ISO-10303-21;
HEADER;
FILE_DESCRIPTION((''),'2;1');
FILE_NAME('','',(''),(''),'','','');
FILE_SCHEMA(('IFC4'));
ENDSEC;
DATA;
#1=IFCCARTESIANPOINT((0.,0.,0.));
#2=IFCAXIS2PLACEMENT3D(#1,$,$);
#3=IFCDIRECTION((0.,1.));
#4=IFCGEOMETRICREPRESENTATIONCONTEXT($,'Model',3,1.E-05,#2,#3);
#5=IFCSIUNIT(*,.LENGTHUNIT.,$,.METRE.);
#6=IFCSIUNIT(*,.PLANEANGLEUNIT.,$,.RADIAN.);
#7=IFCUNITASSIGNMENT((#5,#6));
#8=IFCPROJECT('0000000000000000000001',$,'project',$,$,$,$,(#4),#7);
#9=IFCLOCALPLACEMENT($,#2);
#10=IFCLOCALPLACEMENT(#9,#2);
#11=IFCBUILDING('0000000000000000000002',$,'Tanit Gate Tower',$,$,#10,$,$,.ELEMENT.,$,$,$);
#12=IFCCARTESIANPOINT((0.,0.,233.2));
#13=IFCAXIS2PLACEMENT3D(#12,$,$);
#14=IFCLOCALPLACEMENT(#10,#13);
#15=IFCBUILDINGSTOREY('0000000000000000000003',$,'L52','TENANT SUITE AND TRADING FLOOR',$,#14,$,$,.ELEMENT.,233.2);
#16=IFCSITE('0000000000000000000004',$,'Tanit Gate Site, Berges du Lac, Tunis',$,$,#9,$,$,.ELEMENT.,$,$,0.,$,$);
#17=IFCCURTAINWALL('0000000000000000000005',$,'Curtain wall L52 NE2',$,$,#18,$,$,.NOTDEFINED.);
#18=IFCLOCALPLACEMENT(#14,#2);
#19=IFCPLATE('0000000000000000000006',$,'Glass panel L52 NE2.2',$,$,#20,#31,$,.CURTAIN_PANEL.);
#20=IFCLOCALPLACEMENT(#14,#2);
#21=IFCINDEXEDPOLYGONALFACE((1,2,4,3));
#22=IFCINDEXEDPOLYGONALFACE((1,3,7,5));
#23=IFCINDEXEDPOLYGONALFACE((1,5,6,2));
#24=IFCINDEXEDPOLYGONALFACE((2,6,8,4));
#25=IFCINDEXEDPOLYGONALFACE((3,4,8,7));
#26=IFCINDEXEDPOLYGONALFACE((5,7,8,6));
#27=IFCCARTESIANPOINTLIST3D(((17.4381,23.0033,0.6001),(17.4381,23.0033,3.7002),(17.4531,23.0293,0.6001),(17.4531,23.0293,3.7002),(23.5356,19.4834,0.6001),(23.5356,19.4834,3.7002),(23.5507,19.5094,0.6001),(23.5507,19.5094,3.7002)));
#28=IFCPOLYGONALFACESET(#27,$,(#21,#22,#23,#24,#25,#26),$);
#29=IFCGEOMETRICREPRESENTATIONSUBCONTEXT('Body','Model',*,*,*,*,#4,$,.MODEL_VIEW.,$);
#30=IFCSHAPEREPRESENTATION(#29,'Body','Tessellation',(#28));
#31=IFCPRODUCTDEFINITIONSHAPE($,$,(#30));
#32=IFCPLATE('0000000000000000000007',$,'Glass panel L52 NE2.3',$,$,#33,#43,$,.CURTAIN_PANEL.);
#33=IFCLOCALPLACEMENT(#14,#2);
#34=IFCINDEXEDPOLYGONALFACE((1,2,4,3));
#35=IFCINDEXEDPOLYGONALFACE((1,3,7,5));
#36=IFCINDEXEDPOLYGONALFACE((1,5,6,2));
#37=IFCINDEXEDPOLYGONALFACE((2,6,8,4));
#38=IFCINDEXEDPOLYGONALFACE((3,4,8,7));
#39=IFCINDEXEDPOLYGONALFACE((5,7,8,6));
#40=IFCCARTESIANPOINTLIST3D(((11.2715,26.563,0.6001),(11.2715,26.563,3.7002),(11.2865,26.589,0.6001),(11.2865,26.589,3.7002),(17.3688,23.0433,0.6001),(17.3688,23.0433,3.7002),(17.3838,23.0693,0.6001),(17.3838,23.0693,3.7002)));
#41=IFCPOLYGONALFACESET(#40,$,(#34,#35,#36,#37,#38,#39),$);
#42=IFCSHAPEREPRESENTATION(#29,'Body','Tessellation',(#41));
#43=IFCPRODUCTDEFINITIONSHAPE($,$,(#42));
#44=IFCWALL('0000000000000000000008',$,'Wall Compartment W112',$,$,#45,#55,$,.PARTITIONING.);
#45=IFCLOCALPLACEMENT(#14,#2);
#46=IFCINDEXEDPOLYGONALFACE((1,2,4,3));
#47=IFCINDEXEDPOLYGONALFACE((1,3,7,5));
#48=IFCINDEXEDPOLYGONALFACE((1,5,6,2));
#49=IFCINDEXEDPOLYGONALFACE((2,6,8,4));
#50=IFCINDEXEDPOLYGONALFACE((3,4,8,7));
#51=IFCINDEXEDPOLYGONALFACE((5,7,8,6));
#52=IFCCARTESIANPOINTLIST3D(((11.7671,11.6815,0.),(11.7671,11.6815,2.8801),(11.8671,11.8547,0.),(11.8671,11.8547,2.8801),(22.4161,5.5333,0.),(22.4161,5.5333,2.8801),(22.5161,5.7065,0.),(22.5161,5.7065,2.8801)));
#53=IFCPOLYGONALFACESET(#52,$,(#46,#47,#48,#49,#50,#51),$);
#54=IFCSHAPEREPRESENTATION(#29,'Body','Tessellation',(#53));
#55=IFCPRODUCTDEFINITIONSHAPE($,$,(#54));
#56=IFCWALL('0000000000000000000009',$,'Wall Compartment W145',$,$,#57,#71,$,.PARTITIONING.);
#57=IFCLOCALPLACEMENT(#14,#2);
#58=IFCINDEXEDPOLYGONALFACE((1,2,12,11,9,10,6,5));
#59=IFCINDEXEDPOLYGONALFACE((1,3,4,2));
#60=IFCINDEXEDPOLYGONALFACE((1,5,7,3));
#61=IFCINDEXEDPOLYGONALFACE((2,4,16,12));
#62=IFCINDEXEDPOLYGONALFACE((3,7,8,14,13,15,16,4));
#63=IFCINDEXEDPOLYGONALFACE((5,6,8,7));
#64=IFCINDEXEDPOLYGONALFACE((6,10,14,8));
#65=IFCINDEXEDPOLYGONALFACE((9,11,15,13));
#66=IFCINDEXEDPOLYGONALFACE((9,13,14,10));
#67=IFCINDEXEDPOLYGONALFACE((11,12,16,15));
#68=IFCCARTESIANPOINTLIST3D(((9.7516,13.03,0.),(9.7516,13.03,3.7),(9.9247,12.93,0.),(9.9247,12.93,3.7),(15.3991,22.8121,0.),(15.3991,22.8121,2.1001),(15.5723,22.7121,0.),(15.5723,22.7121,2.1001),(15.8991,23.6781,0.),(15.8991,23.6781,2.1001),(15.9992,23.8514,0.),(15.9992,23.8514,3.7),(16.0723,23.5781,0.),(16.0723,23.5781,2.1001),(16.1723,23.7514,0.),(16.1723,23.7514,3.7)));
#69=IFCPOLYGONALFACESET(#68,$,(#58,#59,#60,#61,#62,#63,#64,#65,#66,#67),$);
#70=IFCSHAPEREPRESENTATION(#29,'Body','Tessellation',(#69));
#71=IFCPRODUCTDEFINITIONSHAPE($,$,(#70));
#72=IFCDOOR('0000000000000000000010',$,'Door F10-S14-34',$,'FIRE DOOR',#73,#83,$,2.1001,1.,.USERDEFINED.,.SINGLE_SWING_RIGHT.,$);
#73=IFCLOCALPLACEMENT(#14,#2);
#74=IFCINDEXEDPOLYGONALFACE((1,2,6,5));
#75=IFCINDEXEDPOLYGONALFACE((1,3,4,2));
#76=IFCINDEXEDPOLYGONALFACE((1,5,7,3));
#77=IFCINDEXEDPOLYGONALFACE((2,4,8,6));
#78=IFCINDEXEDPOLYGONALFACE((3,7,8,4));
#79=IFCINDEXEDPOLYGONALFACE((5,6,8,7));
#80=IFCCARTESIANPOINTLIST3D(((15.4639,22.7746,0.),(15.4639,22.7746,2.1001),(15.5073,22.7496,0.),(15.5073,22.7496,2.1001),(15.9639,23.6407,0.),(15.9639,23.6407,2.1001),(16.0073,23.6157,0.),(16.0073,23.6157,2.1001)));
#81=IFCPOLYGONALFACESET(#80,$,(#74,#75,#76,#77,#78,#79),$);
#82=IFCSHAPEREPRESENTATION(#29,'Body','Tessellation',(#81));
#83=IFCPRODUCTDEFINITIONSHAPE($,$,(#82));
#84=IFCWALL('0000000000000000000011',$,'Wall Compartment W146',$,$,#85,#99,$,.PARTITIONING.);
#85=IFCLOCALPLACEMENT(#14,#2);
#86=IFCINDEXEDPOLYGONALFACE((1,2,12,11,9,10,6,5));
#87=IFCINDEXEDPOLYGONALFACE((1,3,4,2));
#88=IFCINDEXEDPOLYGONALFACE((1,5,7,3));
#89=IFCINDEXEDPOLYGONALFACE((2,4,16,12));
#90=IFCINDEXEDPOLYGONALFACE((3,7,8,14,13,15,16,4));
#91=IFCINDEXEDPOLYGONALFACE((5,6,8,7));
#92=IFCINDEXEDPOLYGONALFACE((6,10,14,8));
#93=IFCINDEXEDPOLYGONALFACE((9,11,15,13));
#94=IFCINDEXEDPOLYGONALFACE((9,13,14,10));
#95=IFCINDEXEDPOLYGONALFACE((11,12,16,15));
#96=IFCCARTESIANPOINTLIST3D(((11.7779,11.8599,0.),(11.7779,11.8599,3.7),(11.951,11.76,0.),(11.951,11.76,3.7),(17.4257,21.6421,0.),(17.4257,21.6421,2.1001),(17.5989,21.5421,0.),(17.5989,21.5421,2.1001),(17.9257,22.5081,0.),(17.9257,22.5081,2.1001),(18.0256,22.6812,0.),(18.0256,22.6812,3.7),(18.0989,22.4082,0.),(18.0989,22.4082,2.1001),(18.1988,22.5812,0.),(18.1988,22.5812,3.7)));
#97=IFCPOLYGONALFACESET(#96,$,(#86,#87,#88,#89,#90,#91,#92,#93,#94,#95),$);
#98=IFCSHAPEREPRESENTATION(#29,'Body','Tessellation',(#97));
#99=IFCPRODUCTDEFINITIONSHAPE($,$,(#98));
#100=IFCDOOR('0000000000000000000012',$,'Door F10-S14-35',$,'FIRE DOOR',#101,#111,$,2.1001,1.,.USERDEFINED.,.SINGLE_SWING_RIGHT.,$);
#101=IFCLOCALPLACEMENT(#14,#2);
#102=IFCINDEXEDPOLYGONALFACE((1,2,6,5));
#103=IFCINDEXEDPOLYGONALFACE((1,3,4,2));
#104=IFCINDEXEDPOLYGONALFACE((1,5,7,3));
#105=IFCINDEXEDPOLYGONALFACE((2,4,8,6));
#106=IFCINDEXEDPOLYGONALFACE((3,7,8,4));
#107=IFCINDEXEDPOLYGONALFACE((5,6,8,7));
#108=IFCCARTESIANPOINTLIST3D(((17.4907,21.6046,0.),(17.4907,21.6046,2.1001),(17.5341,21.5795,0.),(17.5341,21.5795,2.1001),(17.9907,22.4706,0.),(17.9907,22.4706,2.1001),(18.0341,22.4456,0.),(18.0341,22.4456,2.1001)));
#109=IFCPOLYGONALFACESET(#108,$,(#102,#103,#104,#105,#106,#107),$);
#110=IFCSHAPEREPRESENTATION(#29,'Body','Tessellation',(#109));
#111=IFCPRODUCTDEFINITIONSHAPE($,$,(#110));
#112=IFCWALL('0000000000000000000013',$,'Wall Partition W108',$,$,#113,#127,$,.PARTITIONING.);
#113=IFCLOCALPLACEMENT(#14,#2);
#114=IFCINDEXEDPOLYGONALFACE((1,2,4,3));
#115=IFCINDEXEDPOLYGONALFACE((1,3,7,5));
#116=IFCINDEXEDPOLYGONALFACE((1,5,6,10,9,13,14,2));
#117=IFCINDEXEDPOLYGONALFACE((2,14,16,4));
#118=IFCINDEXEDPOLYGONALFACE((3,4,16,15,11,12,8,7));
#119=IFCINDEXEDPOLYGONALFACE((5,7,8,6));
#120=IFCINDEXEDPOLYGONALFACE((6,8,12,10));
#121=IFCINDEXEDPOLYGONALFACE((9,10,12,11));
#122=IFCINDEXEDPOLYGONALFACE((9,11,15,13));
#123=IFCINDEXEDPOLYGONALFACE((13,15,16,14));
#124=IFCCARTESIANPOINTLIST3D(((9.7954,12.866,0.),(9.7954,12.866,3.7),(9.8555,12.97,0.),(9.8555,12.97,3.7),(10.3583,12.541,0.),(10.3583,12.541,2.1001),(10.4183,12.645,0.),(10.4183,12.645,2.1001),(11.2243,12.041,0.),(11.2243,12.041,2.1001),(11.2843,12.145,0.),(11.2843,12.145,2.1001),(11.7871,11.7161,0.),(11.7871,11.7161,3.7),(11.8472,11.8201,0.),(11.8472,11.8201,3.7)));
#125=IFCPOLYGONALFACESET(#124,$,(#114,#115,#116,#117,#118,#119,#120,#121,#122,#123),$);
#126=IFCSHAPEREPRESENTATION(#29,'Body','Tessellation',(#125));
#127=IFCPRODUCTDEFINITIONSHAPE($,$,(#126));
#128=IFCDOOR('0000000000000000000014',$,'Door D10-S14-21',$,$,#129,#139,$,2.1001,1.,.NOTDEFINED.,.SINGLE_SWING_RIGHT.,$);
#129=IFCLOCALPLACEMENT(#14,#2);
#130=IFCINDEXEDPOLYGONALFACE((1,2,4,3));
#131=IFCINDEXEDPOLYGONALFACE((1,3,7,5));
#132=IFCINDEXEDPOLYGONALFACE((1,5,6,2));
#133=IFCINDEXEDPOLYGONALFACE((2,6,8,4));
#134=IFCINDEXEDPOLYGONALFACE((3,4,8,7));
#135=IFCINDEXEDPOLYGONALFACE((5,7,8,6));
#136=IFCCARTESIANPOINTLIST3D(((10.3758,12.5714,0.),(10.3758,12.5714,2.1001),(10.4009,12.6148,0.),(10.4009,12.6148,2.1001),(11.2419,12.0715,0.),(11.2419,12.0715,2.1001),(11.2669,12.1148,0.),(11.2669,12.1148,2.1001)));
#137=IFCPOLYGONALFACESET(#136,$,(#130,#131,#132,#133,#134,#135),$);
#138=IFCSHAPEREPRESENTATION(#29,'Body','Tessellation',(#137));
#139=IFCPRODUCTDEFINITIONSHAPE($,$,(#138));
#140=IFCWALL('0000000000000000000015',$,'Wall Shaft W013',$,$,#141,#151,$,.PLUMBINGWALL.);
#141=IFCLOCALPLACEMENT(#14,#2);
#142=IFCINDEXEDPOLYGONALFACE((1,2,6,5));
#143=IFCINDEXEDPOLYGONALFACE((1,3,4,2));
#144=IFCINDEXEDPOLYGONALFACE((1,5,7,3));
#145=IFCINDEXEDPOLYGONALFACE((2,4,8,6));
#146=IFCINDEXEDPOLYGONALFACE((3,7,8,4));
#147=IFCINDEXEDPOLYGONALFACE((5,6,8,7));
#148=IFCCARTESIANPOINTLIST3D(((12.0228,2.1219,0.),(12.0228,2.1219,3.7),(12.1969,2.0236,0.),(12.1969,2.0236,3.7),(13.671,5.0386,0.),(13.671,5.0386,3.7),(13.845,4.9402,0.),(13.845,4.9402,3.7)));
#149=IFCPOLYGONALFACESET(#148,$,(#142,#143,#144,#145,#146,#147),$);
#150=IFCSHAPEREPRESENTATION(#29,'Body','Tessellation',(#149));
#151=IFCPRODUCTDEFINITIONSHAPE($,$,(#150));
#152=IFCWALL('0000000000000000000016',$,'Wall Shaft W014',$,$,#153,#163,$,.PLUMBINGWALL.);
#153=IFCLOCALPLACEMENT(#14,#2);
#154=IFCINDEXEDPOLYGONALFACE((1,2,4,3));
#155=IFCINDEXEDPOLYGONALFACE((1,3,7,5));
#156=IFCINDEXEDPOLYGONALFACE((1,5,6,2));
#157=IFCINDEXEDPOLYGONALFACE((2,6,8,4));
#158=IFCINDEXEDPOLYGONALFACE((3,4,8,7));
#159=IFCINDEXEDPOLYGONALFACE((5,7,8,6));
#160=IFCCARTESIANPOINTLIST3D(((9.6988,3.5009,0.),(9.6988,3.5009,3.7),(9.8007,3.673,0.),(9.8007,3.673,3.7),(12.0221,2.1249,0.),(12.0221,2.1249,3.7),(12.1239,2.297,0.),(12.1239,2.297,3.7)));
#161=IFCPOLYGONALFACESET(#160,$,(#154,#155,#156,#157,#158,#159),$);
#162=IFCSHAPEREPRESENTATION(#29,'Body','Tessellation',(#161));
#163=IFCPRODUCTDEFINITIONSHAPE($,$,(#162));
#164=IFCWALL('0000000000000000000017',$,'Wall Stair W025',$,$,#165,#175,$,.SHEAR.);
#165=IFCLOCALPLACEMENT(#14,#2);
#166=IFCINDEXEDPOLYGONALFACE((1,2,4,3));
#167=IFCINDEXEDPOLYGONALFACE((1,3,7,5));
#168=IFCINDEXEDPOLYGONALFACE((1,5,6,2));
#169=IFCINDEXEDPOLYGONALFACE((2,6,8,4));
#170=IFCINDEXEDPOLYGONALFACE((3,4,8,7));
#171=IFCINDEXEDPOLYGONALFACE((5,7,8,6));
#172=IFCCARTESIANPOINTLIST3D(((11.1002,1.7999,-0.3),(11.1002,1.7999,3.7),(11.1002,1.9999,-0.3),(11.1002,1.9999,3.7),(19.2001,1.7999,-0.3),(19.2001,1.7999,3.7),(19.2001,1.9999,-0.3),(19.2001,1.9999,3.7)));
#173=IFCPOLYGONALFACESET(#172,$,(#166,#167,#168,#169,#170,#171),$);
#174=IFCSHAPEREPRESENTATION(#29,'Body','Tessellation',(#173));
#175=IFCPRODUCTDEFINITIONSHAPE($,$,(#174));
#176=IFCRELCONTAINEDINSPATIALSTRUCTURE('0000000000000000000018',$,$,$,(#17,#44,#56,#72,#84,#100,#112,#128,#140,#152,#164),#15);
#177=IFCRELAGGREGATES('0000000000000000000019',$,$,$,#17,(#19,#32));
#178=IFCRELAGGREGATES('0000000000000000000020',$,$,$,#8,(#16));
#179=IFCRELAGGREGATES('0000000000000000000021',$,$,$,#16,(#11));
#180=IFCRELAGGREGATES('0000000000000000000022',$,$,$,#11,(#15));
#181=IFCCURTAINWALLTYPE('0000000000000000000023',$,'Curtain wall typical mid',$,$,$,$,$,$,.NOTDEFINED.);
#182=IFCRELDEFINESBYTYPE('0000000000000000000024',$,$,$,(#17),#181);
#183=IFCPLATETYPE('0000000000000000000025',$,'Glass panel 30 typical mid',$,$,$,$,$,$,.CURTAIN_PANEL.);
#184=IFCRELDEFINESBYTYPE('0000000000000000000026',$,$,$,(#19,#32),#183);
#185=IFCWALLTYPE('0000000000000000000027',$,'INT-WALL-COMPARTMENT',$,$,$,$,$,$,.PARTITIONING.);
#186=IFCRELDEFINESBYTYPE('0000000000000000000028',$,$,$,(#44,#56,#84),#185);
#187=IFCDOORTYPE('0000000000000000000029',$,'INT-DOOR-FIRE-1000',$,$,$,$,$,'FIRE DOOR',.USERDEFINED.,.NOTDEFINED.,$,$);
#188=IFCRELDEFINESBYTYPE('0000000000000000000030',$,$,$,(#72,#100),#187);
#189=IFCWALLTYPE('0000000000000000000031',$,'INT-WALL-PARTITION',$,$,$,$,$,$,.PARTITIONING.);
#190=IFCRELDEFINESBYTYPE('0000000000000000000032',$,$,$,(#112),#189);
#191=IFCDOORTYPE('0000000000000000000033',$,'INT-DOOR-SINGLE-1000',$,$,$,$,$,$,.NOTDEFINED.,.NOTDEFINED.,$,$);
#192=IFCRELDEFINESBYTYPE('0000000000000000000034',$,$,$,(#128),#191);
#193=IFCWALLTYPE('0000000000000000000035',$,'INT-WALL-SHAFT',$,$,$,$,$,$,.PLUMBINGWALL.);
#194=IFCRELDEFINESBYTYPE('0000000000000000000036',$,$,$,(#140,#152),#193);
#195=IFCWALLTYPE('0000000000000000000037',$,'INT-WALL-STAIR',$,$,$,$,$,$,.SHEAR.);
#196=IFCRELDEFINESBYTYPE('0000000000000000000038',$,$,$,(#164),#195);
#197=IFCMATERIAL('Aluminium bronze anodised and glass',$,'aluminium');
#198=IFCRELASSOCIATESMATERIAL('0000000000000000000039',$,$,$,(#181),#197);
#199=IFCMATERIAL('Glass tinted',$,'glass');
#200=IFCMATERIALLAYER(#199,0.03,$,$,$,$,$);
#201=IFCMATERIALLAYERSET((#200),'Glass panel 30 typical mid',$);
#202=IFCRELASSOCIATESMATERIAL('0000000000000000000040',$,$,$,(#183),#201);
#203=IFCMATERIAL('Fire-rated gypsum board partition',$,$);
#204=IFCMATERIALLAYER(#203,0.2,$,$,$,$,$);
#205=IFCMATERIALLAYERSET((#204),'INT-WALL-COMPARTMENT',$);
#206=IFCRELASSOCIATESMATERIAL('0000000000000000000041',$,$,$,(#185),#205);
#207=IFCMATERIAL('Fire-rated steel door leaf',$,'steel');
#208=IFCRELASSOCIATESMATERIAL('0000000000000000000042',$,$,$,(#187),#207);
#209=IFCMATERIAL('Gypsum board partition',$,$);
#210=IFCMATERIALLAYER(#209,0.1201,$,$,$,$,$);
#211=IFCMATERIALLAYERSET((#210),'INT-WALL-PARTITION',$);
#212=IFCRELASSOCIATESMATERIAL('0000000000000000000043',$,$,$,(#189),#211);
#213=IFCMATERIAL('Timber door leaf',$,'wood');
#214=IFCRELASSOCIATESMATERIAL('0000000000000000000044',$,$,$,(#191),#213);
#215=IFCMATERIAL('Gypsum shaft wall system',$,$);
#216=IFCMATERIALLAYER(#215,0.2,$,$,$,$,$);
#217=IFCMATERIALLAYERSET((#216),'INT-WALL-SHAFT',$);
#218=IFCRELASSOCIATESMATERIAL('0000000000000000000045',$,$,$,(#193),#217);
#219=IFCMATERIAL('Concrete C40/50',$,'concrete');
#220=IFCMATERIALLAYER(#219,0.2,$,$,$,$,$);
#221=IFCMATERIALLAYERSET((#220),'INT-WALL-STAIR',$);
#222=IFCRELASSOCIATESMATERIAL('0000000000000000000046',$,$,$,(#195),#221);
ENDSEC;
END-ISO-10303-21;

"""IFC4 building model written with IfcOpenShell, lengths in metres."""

from ifc_helpers import new_model, si_unit, direction, frame, frame_2d, origin, origin_2d, place, context, subcontext, project, spatial, rectangle, extrude, material, layer, layer_set, type_object, element, fill, aggregate, save


model = new_model("IFC4")

# Units and contexts
model_context = context("Model", 3, precision=1e-05, world=origin(), true_north=direction((0.0, 1.0)))
body_context = subcontext(model_context, "Body", "Model", "MODEL_VIEW")
ifc_project = project(units=[si_unit("LENGTHUNIT", "METRE"), si_unit("PLANEANGLEUNIT", "RADIAN")], contexts=[model_context])

# Site, building, storey
site_placement = place(None, origin())
site = spatial("IfcSite", under=ifc_project, at=site_placement, Name="Tanit Gate Site, Berges du Lac, Tunis", CompositionType="ELEMENT", RefElevation=0.0)
building_placement = place(site_placement, origin())
building = spatial("IfcBuilding", under=site, at=building_placement, Name="Tanit Gate Tower", CompositionType="ELEMENT")
storey_placement = place(building_placement, frame((0.0, 0.0, 233.2)))
storey = spatial("IfcBuildingStorey", under=building, at=storey_placement, Name="L52", Description="TENANT SUITE AND TRADING FLOOR", CompositionType="ELEMENT", Elevation=233.2)

# Curtain wall
ifc_material_1 = material(Name="Aluminium bronze anodised and glass", Category="aluminium")
curtain_wall_type = type_object("IfcCurtainWallType", Name="Curtain wall typical mid", PredefinedType="NOTDEFINED", material=ifc_material_1)
curtain_wall_placement = place(storey_placement, origin())
curtain_wall = element("IfcCurtainWall", 1, at=curtain_wall_placement, inside=storey, type_object=curtain_wall_type, Name="Curtain wall L52 NE2", PredefinedType="NOTDEFINED")

# Plates
ifc_material_2 = material(Name="Glass tinted", Category="glass")
ifc_layer_1 = layer(ifc_material_2, 0.03)
ifc_layer_set_1 = layer_set([ifc_layer_1], Name="Glass panel 30 typical mid")
plate_type = type_object("IfcPlateType", Name="Glass panel 30 typical mid", PredefinedType="CURTAIN_PANEL", material=ifc_layer_set_1)
plate_1_placement = place(storey_placement, frame((20.4944, 21.2563, 0.6001), z_axis=(0.0, 0.0, 1.0), x_axis=(-0.86606, 0.49994, 0.0)))
plate_1 = element("IfcPlate", 2, at=plate_1_placement, type_object=plate_type, Name="Glass panel L52 NE2.2", PredefinedType="CURTAIN_PANEL", context=body_context, shape_type="SweptSolid", body=[
    extrude(rectangle(XDim=7.0405, YDim=0.03, at=origin_2d()), origin(), (0.0, 0.0, 1.0), 3.1001),
])
plate_2_placement = place(storey_placement, frame((14.3276, 24.8162, 0.6001), z_axis=(0.0, 0.0, 1.0), x_axis=(-0.86606, 0.49994, 0.0)))
plate_2 = element("IfcPlate", 3, at=plate_2_placement, type_object=plate_type, Name="Glass panel L52 NE2.3", PredefinedType="CURTAIN_PANEL", context=body_context, shape_type="SweptSolid", body=[
    extrude(rectangle(XDim=7.0403, YDim=0.03, at=origin_2d()), origin(), (0.0, 0.0, 1.0), 3.1001),
])
aggregate(curtain_wall, [plate_1, plate_2])

# Wall
ifc_material_3 = material(Name="Fire-rated gypsum board partition")
ifc_layer_2 = layer(ifc_material_3, 0.2)
ifc_layer_set_2 = layer_set([ifc_layer_2], Name="INT-WALL-COMPARTMENT")
wall_type_1 = type_object("IfcWallType", Name="INT-WALL-COMPARTMENT", PredefinedType="PARTITIONING", material=ifc_layer_set_2)
wall_1_placement = place(storey_placement, frame((22.4661, 5.6199, 0.0), z_axis=(0.0, 0.0, 1.0), x_axis=(-0.866024, 0.500002, 0.0)))
element("IfcWall", 4, at=wall_1_placement, inside=storey, type_object=wall_type_1, Name="Wall Compartment W112", PredefinedType="PARTITIONING", context=body_context, shape_type="SweptSolid", body=[
    extrude(rectangle(XDim=12.2964, YDim=0.2, at=frame_2d((6.1482, 0.0))), origin(), (0.0, 0.0, 1.0), 2.8801),
])

# Walls, openings, doors
wall_2_placement = place(storey_placement, frame((16.0857, 23.8013, 0.0), z_axis=(0.0, 0.0, 1.0), x_axis=(-0.499993, -0.866029, 0.0)))
wall_2 = element("IfcWall", 5, at=wall_2_placement, inside=storey, type_object=wall_type_1, Name="Wall Compartment W145", PredefinedType="PARTITIONING", context=body_context, shape_type="SweptSolid", body=[
    extrude(rectangle(XDim=12.4954, YDim=0.2, at=frame_2d((6.2476, 0.0))), origin(), (0.0, 0.0, 1.0), 3.7),
])
opening_1_placement = place(wall_2_placement, frame((0.2, 0.0, 0.0)))
opening_1 = element("IfcOpeningElement", 6, at=opening_1_placement, cuts=wall_2, PredefinedType="OPENING", context=body_context, shape_type="SweptSolid", body=[
    extrude(rectangle(XDim=1.0, YDim=2.1001, at=frame_2d((0.5, 1.05))), frame((0.0, 0.1099, 0.0), z_axis=(0.0, -1.0, 0.0), x_axis=(1.0, 0.0, 0.0)), (0.0, 0.0, 1.0), 0.22),
])
ifc_material_4 = material(Name="Fire-rated steel door leaf", Category="steel")
door_type_1 = type_object("IfcDoorType", Name="INT-DOOR-FIRE-1000", ElementType="FIRE DOOR", OperationType="NOTDEFINED", PredefinedType="USERDEFINED", material=ifc_material_4)
door_1_placement = place(opening_1_placement, origin())
door_1 = element("IfcDoor", 7, at=door_1_placement, inside=storey, type_object=door_type_1, Name="Door F10-S14-34", ObjectType="FIRE DOOR", OperationType="SINGLE_SWING_RIGHT", OverallHeight=2.1001, OverallWidth=1.0, PredefinedType="USERDEFINED", context=body_context, shape_type="SweptSolid", body=[
    extrude(rectangle(XDim=1.0, YDim=2.1001, at=frame_2d((0.5, 1.05))), frame((0.0, 0.0249, 0.0), z_axis=(0.0, -1.0, 0.0), x_axis=(1.0, 0.0, 0.0)), (0.0, 0.0, 1.0), 0.05),
])
fill(opening_1, door_1)
wall_3_placement = place(storey_placement, frame((11.8645, 11.8101, 0.0), z_axis=(0.0, 0.0, 1.0), x_axis=(0.500008, 0.866021, 0.0)))
wall_3 = element("IfcWall", 8, at=wall_3_placement, inside=storey, type_object=wall_type_1, Name="Wall Compartment W146", PredefinedType="PARTITIONING", context=body_context, shape_type="SweptSolid", body=[
    extrude(rectangle(XDim=12.4954, YDim=0.2, at=frame_2d((6.2476, 0.0))), origin(), (0.0, 0.0, 1.0), 3.7),
])
opening_2_placement = place(wall_3_placement, frame((11.2954, 0.0, 0.0)))
opening_2 = element("IfcOpeningElement", 9, at=opening_2_placement, cuts=wall_3, PredefinedType="OPENING", context=body_context, shape_type="SweptSolid", body=[
    extrude(rectangle(XDim=1.0, YDim=2.1001, at=frame_2d((0.5, 1.05))), frame((0.0, 0.1099, 0.0), z_axis=(0.0, -1.0, 0.0), x_axis=(1.0, 0.0, 0.0)), (0.0, 0.0, 1.0), 0.22),
])
door_2_placement = place(opening_2_placement, origin())
door_2 = element("IfcDoor", 10, at=door_2_placement, inside=storey, type_object=door_type_1, Name="Door F10-S14-35", ObjectType="FIRE DOOR", OperationType="SINGLE_SWING_RIGHT", OverallHeight=2.1001, OverallWidth=1.0, PredefinedType="USERDEFINED", context=body_context, shape_type="SweptSolid", body=[
    extrude(rectangle(XDim=1.0, YDim=2.1001, at=frame_2d((0.5, 1.05))), frame((0.0, 0.0249, 0.0), z_axis=(0.0, -1.0, 0.0), x_axis=(1.0, 0.0, 0.0)), (0.0, 0.0, 1.0), 0.05),
])
fill(opening_2, door_2)
ifc_material_5 = material(Name="Gypsum board partition")
ifc_layer_3 = layer(ifc_material_5, 0.1201)
ifc_layer_set_3 = layer_set([ifc_layer_3], Name="INT-WALL-PARTITION")
wall_type_2 = type_object("IfcWallType", Name="INT-WALL-PARTITION", PredefinedType="PARTITIONING", material=ifc_layer_set_3)
wall_4_placement = place(storey_placement, frame((11.8171, 11.7681, 0.0), z_axis=(0.0, 0.0, 1.0), x_axis=(-0.866026, 0.499998, 0.0)))
wall_4 = element("IfcWall", 11, at=wall_4_placement, inside=storey, type_object=wall_type_2, Name="Wall Partition W108", PredefinedType="PARTITIONING", context=body_context, shape_type="SweptSolid", body=[
    extrude(rectangle(XDim=2.2998, YDim=0.1201, at=frame_2d((1.1499, 0.0))), origin(), (0.0, 0.0, 1.0), 3.7),
])
opening_3_placement = place(wall_4_placement, frame((0.6499, 0.0, 0.0)))
opening_3 = element("IfcOpeningElement", 12, at=opening_3_placement, cuts=wall_4, PredefinedType="OPENING", context=body_context, shape_type="SweptSolid", body=[
    extrude(rectangle(XDim=1.0, YDim=2.1001, at=frame_2d((0.5, 1.05))), frame((0.0, 0.0701, 0.0), z_axis=(0.0, -1.0, 0.0), x_axis=(1.0, 0.0, 0.0)), (0.0, 0.0, 1.0), 0.1401),
])
ifc_material_6 = material(Name="Timber door leaf", Category="wood")
door_type_2 = type_object("IfcDoorType", Name="INT-DOOR-SINGLE-1000", OperationType="NOTDEFINED", PredefinedType="NOTDEFINED", material=ifc_material_6)
door_3_placement = place(opening_3_placement, origin())
door_3 = element("IfcDoor", 13, at=door_3_placement, inside=storey, type_object=door_type_2, Name="Door D10-S14-21", OperationType="SINGLE_SWING_RIGHT", OverallHeight=2.1001, OverallWidth=1.0, PredefinedType="NOTDEFINED", context=body_context, shape_type="SweptSolid", body=[
    extrude(rectangle(XDim=1.0, YDim=2.1001, at=frame_2d((0.5, 1.05))), frame((0.0, 0.0249, 0.0), z_axis=(0.0, -1.0, 0.0), x_axis=(1.0, 0.0, 0.0)), (0.0, 0.0, 1.0), 0.05),
])
fill(opening_3, door_3)

# Walls
ifc_material_7 = material(Name="Gypsum shaft wall system")
ifc_layer_4 = layer(ifc_material_7, 0.2)
ifc_layer_set_4 = layer_set([ifc_layer_4], Name="INT-WALL-SHAFT")
wall_type_3 = type_object("IfcWallType", Name="INT-WALL-SHAFT", PredefinedType="PLUMBINGWALL", material=ifc_layer_set_4)
wall_5_placement = place(storey_placement, frame((12.1099, 2.0728, 0.0), z_axis=(0.0, 0.0, 1.0), x_axis=(0.491966, 0.870614, 0.0)))
element("IfcWall", 14, at=wall_5_placement, inside=storey, type_object=wall_type_3, Name="Wall Shaft W013", PredefinedType="PLUMBINGWALL", context=body_context, shape_type="SweptSolid", body=[
    extrude(rectangle(XDim=3.3501, YDim=0.2, at=frame_2d((1.675, 0.0))), origin(), (0.0, 0.0, 1.0), 3.7),
])
wall_6_placement = place(storey_placement, frame((12.073, 2.2109, 0.0), z_axis=(0.0, 0.0, 1.0), x_axis=(-0.860415, 0.509594, 0.0)))
element("IfcWall", 15, at=wall_6_placement, inside=storey, type_object=wall_type_3, Name="Wall Shaft W014", PredefinedType="PLUMBINGWALL", context=body_context, shape_type="SweptSolid", body=[
    extrude(rectangle(XDim=2.7002, YDim=0.2, at=frame_2d((1.3501, 0.0))), origin(), (0.0, 0.0, 1.0), 3.7),
])
ifc_material_8 = material(Name="Concrete C40/50", Category="concrete")
ifc_layer_5 = layer(ifc_material_8, 0.2)
ifc_layer_set_5 = layer_set([ifc_layer_5], Name="INT-WALL-STAIR")
wall_type_4 = type_object("IfcWallType", Name="INT-WALL-STAIR", PredefinedType="SHEAR", material=ifc_layer_set_5)
wall_7_placement = place(storey_placement, frame((19.2, 1.8999, -0.3), z_axis=(0.0, 0.0, 1.0), x_axis=(-1.0, 0.0, 0.0)))
element("IfcWall", 16, at=wall_7_placement, inside=storey, type_object=wall_type_4, Name="Wall Stair W025", PredefinedType="SHEAR", context=body_context, shape_type="SweptSolid", body=[
    extrude(rectangle(XDim=8.0999, YDim=0.2, at=frame_2d((4.0498, 0.0))), origin(), (0.0, 0.0, 1.0), 4.0),
])

save(model, "model.ifc")
